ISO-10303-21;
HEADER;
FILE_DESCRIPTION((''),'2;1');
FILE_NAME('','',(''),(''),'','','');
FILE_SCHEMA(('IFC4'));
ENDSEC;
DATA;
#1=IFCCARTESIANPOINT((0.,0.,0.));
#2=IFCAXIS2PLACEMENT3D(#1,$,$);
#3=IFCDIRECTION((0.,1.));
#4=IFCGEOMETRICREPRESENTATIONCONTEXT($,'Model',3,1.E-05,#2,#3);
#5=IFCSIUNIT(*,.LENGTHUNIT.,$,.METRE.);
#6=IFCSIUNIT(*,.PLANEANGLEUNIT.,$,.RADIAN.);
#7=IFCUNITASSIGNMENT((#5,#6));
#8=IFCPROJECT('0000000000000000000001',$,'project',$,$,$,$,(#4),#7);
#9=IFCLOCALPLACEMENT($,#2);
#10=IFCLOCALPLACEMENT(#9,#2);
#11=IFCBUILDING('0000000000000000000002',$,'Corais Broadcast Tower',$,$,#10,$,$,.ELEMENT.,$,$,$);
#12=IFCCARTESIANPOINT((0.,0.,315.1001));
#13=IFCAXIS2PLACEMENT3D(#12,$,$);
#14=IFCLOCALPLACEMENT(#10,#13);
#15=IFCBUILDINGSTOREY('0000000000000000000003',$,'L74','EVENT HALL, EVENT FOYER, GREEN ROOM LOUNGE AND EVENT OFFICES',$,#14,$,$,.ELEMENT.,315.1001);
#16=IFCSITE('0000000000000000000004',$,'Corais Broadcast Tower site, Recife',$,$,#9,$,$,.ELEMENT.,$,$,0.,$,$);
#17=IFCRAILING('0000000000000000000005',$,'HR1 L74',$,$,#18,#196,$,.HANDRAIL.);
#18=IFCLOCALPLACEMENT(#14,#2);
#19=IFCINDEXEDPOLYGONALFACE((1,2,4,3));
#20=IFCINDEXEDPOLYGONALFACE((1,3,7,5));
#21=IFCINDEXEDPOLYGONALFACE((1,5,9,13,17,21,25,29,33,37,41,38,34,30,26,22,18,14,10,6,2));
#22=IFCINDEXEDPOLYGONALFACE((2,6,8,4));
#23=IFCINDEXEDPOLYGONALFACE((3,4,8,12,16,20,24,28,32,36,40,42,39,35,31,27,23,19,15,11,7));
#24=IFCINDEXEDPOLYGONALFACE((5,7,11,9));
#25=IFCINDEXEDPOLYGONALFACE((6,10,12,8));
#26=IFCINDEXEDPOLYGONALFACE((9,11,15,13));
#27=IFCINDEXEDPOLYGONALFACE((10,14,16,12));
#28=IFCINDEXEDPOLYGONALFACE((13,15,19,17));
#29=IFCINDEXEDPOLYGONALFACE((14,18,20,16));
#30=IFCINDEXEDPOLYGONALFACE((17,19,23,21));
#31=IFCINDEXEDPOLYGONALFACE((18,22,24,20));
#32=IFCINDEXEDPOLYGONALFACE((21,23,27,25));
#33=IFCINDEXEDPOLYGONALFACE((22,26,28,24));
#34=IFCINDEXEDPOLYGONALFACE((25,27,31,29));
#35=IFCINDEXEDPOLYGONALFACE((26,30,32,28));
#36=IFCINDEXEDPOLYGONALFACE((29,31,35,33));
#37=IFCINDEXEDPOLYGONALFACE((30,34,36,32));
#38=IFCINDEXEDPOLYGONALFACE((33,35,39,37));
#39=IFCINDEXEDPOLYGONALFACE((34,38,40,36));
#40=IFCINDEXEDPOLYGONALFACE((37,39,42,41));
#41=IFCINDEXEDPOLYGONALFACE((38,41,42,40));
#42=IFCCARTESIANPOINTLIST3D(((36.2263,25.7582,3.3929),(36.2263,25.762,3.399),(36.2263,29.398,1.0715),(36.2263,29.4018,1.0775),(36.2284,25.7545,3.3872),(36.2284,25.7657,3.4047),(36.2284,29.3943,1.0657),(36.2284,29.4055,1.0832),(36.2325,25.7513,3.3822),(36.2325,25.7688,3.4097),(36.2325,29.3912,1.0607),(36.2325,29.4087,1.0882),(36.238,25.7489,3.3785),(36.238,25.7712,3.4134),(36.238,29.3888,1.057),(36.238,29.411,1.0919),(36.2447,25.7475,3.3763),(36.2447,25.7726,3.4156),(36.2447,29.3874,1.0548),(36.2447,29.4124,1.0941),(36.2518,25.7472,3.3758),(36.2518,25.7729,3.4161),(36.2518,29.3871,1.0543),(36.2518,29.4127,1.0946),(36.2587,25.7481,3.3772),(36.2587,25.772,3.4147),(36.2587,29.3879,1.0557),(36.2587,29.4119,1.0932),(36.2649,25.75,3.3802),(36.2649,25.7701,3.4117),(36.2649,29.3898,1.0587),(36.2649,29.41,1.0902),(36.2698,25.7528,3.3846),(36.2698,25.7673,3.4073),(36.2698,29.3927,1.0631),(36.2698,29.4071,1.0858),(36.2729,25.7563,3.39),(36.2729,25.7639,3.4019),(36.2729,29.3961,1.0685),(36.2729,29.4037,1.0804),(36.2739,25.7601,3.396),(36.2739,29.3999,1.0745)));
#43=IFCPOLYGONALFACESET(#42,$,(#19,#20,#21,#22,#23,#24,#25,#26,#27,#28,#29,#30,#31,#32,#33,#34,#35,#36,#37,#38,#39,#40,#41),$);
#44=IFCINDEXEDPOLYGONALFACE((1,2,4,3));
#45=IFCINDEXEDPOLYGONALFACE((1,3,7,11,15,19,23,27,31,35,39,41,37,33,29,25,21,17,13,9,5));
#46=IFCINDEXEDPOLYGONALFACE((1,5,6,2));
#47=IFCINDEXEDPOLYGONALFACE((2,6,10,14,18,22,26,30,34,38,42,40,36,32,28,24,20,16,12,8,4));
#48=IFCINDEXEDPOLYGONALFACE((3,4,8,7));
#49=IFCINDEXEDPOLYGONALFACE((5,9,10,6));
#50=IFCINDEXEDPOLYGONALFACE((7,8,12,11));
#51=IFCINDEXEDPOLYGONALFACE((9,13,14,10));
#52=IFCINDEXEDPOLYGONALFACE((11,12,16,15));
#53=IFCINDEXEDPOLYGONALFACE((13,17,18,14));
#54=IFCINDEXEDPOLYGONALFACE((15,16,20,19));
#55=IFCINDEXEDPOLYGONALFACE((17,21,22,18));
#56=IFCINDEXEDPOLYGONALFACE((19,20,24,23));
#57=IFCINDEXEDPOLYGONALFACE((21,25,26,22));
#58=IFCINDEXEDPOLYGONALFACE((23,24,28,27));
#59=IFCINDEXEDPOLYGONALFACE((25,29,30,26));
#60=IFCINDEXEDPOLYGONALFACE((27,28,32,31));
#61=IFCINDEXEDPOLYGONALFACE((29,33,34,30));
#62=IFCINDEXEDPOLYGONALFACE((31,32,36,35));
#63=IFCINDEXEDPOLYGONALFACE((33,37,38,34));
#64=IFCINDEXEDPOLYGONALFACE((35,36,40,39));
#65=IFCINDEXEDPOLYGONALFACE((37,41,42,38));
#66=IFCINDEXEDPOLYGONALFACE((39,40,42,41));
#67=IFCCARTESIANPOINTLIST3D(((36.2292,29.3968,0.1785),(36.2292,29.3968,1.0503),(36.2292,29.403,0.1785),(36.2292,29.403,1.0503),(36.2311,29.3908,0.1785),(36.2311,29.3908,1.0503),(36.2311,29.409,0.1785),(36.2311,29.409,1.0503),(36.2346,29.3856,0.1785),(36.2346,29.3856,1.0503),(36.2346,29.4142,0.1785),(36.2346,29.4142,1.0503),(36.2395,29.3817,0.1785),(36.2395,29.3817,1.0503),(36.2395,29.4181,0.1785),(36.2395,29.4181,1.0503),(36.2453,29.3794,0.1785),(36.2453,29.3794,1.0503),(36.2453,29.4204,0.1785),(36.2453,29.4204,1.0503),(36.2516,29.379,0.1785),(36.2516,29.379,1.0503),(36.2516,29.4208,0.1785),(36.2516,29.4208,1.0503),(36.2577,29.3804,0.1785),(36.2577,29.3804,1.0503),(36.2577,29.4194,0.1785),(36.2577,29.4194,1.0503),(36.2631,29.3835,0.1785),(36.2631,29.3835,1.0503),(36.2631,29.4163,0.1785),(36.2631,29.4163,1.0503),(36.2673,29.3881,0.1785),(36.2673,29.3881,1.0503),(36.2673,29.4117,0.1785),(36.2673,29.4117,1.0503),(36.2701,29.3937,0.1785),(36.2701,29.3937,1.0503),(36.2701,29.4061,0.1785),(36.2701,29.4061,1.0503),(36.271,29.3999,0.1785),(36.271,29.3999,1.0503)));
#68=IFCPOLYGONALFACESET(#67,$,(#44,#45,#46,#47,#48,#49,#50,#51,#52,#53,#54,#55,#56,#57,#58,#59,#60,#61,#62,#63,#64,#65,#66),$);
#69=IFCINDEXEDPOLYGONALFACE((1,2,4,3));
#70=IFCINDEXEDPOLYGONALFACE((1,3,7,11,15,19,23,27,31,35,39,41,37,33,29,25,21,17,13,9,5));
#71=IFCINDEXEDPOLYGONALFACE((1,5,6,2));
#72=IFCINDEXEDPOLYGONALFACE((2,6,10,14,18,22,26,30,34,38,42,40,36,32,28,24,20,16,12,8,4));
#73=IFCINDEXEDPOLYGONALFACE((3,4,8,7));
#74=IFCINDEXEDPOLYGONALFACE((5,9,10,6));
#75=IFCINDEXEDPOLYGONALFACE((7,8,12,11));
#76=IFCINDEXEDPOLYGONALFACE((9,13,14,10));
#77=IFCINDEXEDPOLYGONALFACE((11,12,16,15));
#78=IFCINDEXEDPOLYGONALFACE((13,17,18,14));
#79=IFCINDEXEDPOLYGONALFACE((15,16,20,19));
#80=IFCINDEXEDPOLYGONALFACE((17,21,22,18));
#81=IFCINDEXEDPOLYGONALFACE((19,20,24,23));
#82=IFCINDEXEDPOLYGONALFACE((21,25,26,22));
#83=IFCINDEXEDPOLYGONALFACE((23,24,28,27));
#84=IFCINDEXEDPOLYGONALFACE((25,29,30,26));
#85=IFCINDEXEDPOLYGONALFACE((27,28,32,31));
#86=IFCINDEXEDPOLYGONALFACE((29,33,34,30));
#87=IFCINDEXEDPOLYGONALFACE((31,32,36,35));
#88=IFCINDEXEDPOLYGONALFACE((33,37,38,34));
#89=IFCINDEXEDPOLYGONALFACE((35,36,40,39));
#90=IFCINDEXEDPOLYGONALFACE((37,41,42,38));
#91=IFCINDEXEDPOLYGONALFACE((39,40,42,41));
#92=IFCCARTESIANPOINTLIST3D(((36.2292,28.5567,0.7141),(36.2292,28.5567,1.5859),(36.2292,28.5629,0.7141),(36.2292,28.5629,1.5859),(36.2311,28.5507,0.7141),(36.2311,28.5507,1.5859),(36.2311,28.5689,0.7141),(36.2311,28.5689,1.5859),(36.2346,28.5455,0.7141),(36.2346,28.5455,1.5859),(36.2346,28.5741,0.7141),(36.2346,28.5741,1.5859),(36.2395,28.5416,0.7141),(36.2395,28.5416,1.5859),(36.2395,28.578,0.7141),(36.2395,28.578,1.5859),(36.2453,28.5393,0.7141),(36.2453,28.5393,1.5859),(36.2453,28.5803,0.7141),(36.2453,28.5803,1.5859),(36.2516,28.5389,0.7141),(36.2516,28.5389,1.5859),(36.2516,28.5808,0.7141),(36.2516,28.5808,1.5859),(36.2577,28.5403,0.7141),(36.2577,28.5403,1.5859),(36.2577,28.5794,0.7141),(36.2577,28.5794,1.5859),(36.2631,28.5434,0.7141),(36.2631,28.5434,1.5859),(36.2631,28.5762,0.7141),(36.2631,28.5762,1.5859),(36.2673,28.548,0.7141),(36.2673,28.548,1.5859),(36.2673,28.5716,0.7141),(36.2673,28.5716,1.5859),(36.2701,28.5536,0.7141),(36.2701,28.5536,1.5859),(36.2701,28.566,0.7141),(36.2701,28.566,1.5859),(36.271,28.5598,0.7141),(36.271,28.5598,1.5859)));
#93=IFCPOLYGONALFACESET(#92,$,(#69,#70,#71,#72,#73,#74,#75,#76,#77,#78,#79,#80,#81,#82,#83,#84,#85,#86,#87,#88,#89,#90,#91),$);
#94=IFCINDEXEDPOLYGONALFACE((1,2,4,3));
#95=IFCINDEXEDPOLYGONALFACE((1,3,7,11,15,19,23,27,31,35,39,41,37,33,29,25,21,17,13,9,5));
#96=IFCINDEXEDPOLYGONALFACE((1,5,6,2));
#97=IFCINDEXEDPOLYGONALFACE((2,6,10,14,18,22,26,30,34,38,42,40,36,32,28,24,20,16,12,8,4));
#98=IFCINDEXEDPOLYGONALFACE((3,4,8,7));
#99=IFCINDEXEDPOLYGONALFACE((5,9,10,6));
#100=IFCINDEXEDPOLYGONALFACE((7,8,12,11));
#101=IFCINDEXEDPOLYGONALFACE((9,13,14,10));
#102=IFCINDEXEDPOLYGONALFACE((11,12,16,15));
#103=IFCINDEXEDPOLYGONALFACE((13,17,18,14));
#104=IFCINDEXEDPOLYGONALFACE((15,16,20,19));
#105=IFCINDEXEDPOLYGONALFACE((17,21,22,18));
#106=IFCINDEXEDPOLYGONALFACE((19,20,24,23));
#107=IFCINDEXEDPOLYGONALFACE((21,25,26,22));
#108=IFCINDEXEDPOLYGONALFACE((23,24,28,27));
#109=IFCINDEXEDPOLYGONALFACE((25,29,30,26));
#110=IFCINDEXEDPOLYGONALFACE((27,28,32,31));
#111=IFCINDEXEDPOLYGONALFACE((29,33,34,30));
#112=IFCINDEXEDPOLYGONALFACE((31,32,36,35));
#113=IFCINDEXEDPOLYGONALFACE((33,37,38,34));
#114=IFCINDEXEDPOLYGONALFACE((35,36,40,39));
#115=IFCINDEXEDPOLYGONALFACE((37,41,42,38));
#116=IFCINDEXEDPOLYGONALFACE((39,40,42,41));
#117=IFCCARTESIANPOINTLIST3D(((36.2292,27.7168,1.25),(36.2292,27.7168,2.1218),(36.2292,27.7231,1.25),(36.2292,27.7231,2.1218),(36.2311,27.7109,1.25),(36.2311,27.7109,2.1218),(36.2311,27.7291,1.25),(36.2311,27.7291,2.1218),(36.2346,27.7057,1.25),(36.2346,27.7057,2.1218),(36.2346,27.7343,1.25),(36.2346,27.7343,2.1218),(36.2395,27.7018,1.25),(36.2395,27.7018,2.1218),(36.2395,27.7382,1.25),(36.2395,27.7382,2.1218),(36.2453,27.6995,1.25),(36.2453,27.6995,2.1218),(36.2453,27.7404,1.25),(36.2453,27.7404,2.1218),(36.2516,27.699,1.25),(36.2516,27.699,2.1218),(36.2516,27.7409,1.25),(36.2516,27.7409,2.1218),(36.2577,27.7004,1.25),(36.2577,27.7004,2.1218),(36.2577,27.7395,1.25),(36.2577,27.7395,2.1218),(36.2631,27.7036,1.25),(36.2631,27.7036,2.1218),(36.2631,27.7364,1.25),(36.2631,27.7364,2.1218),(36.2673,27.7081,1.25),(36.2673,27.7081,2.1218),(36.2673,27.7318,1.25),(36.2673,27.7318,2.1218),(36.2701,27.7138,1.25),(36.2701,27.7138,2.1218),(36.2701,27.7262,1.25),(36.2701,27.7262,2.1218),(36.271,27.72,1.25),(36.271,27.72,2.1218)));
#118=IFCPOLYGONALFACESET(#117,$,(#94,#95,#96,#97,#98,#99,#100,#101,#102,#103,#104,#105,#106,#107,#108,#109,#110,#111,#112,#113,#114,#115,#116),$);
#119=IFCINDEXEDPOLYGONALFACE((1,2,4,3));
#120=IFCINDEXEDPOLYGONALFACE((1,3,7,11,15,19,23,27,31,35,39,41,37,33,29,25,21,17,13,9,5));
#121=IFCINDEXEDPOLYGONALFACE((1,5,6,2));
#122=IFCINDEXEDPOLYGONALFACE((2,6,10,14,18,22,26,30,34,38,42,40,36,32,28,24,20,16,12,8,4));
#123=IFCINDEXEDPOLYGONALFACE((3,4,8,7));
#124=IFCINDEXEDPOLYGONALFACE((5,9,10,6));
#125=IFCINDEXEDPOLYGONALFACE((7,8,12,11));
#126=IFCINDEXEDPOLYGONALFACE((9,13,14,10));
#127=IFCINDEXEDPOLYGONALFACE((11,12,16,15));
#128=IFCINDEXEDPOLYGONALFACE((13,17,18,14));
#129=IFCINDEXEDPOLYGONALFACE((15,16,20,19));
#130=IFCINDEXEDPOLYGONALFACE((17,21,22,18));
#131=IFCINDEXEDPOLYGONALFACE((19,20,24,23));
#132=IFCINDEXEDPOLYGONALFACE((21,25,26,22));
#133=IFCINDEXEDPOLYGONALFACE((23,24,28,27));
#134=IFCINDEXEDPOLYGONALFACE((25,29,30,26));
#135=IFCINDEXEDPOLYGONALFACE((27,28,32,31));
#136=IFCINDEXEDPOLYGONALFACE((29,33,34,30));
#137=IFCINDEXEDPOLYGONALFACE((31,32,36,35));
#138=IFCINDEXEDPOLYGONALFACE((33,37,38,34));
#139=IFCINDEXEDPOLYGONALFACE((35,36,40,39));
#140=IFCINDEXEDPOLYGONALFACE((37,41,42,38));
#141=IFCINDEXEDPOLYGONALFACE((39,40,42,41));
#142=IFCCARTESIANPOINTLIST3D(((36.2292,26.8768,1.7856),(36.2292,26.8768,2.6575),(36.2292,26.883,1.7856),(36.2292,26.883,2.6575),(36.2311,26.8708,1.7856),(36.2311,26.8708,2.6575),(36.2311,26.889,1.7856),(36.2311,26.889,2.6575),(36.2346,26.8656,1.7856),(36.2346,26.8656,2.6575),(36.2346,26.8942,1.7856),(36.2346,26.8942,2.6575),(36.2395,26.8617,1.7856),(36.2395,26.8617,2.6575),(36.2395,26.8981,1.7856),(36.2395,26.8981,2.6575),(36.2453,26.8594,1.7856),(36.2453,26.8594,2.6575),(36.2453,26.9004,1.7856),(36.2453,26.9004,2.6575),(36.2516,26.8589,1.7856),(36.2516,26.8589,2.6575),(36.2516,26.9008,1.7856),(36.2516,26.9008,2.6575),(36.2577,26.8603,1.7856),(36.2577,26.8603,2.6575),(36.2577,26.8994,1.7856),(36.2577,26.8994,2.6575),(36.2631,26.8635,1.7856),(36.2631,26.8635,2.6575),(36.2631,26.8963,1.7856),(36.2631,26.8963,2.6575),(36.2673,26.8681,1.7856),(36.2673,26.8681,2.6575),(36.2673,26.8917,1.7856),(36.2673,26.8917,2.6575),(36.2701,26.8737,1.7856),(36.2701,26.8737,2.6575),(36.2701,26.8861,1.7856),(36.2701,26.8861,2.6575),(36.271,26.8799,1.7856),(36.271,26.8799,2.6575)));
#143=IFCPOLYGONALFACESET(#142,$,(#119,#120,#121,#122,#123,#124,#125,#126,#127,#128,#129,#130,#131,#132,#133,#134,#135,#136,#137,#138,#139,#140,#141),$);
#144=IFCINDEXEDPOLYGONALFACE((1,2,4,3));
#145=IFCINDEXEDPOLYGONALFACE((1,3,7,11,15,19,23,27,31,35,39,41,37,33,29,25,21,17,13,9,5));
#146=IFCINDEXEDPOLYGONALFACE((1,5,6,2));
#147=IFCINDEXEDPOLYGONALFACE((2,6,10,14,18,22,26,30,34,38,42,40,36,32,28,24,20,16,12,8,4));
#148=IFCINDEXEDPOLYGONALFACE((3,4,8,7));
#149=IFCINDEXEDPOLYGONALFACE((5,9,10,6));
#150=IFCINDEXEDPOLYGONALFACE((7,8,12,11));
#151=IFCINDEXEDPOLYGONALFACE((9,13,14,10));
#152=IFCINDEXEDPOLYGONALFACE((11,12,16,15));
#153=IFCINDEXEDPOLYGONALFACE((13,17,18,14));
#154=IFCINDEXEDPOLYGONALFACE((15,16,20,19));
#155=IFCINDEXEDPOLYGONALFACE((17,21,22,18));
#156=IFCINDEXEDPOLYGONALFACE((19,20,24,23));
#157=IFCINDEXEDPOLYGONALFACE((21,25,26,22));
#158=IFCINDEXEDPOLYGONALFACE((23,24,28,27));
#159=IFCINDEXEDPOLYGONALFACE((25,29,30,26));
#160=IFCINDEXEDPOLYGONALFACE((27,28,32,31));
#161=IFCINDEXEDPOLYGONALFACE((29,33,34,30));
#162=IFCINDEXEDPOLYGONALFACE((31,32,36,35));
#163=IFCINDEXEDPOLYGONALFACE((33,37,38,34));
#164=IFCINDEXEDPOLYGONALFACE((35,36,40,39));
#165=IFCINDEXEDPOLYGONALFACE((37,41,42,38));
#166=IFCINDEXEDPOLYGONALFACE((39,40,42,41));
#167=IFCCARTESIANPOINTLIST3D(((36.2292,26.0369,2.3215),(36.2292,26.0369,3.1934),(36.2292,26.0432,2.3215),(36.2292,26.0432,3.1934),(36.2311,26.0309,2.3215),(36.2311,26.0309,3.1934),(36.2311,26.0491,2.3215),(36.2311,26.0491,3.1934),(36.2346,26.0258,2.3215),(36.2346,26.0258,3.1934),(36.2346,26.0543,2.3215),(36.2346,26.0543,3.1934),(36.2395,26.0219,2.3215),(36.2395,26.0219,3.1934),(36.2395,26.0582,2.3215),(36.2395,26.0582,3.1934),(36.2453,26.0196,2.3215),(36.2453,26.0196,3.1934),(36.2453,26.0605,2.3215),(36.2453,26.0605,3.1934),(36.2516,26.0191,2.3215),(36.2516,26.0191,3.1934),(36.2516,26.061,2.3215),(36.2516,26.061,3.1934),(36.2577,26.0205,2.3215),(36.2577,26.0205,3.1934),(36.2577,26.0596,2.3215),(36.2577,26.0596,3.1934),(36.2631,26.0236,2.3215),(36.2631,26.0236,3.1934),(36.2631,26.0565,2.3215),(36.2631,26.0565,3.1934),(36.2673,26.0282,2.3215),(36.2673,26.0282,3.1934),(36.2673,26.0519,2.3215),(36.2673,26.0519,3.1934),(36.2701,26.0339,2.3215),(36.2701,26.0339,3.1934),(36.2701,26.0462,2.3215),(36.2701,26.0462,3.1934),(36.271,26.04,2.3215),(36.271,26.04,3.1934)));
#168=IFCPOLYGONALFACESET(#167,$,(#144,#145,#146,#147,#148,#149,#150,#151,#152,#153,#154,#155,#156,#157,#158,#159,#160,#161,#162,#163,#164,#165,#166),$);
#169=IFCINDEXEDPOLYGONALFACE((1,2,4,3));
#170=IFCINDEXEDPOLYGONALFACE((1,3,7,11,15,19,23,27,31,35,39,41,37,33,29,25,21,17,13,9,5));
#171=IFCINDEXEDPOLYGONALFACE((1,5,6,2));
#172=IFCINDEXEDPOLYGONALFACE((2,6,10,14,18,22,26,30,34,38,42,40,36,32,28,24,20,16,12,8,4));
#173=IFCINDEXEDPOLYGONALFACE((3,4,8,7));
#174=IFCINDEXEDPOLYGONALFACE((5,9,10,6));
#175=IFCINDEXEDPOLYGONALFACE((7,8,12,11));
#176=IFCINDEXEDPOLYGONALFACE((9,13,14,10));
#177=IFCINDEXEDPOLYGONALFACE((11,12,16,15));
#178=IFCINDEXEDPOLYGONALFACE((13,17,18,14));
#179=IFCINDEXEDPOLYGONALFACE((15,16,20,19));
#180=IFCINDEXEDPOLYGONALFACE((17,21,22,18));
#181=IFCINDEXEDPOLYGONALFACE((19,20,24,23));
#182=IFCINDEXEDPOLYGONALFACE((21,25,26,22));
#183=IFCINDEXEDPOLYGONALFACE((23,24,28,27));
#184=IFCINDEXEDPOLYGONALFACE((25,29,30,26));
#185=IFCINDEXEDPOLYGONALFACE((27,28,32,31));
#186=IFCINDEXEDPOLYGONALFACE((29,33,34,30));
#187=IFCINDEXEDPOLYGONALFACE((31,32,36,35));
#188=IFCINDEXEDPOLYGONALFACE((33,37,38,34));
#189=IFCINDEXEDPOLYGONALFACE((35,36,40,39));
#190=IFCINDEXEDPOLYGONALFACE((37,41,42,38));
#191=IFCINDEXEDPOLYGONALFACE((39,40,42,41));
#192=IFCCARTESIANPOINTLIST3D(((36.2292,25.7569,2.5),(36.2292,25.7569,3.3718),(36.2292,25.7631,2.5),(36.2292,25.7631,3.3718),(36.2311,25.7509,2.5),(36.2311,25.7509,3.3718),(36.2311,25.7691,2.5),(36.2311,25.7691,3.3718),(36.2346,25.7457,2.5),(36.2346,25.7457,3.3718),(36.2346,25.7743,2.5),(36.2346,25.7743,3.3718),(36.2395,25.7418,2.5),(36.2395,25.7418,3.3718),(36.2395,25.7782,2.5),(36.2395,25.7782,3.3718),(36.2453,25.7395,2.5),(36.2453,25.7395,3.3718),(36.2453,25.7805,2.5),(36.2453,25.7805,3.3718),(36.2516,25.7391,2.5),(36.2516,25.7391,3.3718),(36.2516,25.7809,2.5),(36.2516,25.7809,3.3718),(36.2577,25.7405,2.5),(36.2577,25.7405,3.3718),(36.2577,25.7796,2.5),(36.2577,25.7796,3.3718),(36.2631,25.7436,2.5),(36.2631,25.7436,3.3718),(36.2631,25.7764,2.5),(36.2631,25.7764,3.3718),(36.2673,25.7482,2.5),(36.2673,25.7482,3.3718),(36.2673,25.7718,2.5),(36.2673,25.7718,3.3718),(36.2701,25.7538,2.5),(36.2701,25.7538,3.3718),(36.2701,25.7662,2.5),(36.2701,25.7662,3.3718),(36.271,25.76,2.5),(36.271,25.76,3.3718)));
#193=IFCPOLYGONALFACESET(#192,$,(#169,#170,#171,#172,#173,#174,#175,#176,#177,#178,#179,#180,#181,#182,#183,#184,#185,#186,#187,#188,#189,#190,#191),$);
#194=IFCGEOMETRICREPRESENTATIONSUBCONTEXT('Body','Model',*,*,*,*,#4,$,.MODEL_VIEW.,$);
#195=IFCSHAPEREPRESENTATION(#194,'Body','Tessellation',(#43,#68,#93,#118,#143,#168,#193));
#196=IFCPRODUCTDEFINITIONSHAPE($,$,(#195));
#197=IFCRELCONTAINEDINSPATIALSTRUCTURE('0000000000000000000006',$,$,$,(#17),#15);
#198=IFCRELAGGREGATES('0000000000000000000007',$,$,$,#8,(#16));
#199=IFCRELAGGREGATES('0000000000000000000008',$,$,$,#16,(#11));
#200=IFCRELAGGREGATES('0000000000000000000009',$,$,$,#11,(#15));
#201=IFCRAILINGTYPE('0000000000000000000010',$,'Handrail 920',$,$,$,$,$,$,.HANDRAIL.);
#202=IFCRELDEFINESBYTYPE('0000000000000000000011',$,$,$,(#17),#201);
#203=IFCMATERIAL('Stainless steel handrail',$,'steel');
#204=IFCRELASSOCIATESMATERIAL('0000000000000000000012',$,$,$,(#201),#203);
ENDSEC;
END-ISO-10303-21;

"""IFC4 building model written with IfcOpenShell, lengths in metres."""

from ifc_helpers import new_model, si_unit, direction, frame, origin, origin_2d, place, context, subcontext, project, spatial, circle, extrude, material, type_object, element, save


model = new_model("IFC4")

# Units and contexts
model_context = context("Model", 3, precision=1e-05, world=origin(), true_north=direction((0.0, 1.0)))
body_context = subcontext(model_context, "Body", "Model", "MODEL_VIEW")
ifc_project = project(units=[si_unit("LENGTHUNIT", "METRE"), si_unit("PLANEANGLEUNIT", "RADIAN")], contexts=[model_context])

# Site, building, storey
site_placement = place(None, origin())
site = spatial("IfcSite", under=ifc_project, at=site_placement, Name="Corais Broadcast Tower site, Recife", CompositionType="ELEMENT", RefElevation=0.0)
building_placement = place(site_placement, origin())
building = spatial("IfcBuilding", under=site, at=building_placement, Name="Corais Broadcast Tower", CompositionType="ELEMENT")
storey_placement = place(building_placement, frame((0.0, 0.0, 315.1001)))
storey = spatial("IfcBuildingStorey", under=building, at=storey_placement, Name="L74", Description="EVENT HALL, EVENT FOYER, GREEN ROOM LOUNGE AND EVENT OFFICES", CompositionType="ELEMENT", Elevation=315.1001)

# Railing
ifc_material_1 = material(Name="Stainless steel handrail", Category="steel")
railing_type = type_object("IfcRailingType", Name="Handrail 920", PredefinedType="HANDRAIL", material=ifc_material_1)
for number, where, name in (
    (1, (36.25, 29.3999, 0.1785), "HR1 L74"),
):
    element("IfcRailing", number, at=place(storey_placement, frame(where)), inside=storey, type_object=railing_type, Name=name, PredefinedType="HANDRAIL", context=body_context, shape_type="SweptSolid", body=[
        extrude(circle(Radius=0.0239, at=origin_2d()), frame((0.0, 0.0, 0.896), z_axis=(0.0, -0.843112, 0.537739), x_axis=(1.0, 0.0, 0.0)), (0.0, 0.0, 1.0), 4.3171),
        extrude(circle(Radius=0.021, at=origin_2d()), origin(), (0.0, 0.0, 1.0), 0.8718),
        extrude(circle(Radius=0.021, at=origin_2d()), frame((0.0, -0.8401, 0.5356)), (0.0, 0.0, 1.0), 0.8718),
        extrude(circle(Radius=0.021, at=origin_2d()), frame((0.0, -1.6799, 1.0715)), (0.0, 0.0, 1.0), 0.8718),
        extrude(circle(Radius=0.021, at=origin_2d()), frame((0.0, -2.52, 1.6072)), (0.0, 0.0, 1.0), 0.8718),
        extrude(circle(Radius=0.021, at=origin_2d()), frame((0.0, -3.3599, 2.1431)), (0.0, 0.0, 1.0), 0.8718),
        extrude(circle(Radius=0.021, at=origin_2d()), frame((0.0, -3.6399, 2.3215)), (0.0, 0.0, 1.0), 0.8718),
    ])

save(model, "model.ifc")
